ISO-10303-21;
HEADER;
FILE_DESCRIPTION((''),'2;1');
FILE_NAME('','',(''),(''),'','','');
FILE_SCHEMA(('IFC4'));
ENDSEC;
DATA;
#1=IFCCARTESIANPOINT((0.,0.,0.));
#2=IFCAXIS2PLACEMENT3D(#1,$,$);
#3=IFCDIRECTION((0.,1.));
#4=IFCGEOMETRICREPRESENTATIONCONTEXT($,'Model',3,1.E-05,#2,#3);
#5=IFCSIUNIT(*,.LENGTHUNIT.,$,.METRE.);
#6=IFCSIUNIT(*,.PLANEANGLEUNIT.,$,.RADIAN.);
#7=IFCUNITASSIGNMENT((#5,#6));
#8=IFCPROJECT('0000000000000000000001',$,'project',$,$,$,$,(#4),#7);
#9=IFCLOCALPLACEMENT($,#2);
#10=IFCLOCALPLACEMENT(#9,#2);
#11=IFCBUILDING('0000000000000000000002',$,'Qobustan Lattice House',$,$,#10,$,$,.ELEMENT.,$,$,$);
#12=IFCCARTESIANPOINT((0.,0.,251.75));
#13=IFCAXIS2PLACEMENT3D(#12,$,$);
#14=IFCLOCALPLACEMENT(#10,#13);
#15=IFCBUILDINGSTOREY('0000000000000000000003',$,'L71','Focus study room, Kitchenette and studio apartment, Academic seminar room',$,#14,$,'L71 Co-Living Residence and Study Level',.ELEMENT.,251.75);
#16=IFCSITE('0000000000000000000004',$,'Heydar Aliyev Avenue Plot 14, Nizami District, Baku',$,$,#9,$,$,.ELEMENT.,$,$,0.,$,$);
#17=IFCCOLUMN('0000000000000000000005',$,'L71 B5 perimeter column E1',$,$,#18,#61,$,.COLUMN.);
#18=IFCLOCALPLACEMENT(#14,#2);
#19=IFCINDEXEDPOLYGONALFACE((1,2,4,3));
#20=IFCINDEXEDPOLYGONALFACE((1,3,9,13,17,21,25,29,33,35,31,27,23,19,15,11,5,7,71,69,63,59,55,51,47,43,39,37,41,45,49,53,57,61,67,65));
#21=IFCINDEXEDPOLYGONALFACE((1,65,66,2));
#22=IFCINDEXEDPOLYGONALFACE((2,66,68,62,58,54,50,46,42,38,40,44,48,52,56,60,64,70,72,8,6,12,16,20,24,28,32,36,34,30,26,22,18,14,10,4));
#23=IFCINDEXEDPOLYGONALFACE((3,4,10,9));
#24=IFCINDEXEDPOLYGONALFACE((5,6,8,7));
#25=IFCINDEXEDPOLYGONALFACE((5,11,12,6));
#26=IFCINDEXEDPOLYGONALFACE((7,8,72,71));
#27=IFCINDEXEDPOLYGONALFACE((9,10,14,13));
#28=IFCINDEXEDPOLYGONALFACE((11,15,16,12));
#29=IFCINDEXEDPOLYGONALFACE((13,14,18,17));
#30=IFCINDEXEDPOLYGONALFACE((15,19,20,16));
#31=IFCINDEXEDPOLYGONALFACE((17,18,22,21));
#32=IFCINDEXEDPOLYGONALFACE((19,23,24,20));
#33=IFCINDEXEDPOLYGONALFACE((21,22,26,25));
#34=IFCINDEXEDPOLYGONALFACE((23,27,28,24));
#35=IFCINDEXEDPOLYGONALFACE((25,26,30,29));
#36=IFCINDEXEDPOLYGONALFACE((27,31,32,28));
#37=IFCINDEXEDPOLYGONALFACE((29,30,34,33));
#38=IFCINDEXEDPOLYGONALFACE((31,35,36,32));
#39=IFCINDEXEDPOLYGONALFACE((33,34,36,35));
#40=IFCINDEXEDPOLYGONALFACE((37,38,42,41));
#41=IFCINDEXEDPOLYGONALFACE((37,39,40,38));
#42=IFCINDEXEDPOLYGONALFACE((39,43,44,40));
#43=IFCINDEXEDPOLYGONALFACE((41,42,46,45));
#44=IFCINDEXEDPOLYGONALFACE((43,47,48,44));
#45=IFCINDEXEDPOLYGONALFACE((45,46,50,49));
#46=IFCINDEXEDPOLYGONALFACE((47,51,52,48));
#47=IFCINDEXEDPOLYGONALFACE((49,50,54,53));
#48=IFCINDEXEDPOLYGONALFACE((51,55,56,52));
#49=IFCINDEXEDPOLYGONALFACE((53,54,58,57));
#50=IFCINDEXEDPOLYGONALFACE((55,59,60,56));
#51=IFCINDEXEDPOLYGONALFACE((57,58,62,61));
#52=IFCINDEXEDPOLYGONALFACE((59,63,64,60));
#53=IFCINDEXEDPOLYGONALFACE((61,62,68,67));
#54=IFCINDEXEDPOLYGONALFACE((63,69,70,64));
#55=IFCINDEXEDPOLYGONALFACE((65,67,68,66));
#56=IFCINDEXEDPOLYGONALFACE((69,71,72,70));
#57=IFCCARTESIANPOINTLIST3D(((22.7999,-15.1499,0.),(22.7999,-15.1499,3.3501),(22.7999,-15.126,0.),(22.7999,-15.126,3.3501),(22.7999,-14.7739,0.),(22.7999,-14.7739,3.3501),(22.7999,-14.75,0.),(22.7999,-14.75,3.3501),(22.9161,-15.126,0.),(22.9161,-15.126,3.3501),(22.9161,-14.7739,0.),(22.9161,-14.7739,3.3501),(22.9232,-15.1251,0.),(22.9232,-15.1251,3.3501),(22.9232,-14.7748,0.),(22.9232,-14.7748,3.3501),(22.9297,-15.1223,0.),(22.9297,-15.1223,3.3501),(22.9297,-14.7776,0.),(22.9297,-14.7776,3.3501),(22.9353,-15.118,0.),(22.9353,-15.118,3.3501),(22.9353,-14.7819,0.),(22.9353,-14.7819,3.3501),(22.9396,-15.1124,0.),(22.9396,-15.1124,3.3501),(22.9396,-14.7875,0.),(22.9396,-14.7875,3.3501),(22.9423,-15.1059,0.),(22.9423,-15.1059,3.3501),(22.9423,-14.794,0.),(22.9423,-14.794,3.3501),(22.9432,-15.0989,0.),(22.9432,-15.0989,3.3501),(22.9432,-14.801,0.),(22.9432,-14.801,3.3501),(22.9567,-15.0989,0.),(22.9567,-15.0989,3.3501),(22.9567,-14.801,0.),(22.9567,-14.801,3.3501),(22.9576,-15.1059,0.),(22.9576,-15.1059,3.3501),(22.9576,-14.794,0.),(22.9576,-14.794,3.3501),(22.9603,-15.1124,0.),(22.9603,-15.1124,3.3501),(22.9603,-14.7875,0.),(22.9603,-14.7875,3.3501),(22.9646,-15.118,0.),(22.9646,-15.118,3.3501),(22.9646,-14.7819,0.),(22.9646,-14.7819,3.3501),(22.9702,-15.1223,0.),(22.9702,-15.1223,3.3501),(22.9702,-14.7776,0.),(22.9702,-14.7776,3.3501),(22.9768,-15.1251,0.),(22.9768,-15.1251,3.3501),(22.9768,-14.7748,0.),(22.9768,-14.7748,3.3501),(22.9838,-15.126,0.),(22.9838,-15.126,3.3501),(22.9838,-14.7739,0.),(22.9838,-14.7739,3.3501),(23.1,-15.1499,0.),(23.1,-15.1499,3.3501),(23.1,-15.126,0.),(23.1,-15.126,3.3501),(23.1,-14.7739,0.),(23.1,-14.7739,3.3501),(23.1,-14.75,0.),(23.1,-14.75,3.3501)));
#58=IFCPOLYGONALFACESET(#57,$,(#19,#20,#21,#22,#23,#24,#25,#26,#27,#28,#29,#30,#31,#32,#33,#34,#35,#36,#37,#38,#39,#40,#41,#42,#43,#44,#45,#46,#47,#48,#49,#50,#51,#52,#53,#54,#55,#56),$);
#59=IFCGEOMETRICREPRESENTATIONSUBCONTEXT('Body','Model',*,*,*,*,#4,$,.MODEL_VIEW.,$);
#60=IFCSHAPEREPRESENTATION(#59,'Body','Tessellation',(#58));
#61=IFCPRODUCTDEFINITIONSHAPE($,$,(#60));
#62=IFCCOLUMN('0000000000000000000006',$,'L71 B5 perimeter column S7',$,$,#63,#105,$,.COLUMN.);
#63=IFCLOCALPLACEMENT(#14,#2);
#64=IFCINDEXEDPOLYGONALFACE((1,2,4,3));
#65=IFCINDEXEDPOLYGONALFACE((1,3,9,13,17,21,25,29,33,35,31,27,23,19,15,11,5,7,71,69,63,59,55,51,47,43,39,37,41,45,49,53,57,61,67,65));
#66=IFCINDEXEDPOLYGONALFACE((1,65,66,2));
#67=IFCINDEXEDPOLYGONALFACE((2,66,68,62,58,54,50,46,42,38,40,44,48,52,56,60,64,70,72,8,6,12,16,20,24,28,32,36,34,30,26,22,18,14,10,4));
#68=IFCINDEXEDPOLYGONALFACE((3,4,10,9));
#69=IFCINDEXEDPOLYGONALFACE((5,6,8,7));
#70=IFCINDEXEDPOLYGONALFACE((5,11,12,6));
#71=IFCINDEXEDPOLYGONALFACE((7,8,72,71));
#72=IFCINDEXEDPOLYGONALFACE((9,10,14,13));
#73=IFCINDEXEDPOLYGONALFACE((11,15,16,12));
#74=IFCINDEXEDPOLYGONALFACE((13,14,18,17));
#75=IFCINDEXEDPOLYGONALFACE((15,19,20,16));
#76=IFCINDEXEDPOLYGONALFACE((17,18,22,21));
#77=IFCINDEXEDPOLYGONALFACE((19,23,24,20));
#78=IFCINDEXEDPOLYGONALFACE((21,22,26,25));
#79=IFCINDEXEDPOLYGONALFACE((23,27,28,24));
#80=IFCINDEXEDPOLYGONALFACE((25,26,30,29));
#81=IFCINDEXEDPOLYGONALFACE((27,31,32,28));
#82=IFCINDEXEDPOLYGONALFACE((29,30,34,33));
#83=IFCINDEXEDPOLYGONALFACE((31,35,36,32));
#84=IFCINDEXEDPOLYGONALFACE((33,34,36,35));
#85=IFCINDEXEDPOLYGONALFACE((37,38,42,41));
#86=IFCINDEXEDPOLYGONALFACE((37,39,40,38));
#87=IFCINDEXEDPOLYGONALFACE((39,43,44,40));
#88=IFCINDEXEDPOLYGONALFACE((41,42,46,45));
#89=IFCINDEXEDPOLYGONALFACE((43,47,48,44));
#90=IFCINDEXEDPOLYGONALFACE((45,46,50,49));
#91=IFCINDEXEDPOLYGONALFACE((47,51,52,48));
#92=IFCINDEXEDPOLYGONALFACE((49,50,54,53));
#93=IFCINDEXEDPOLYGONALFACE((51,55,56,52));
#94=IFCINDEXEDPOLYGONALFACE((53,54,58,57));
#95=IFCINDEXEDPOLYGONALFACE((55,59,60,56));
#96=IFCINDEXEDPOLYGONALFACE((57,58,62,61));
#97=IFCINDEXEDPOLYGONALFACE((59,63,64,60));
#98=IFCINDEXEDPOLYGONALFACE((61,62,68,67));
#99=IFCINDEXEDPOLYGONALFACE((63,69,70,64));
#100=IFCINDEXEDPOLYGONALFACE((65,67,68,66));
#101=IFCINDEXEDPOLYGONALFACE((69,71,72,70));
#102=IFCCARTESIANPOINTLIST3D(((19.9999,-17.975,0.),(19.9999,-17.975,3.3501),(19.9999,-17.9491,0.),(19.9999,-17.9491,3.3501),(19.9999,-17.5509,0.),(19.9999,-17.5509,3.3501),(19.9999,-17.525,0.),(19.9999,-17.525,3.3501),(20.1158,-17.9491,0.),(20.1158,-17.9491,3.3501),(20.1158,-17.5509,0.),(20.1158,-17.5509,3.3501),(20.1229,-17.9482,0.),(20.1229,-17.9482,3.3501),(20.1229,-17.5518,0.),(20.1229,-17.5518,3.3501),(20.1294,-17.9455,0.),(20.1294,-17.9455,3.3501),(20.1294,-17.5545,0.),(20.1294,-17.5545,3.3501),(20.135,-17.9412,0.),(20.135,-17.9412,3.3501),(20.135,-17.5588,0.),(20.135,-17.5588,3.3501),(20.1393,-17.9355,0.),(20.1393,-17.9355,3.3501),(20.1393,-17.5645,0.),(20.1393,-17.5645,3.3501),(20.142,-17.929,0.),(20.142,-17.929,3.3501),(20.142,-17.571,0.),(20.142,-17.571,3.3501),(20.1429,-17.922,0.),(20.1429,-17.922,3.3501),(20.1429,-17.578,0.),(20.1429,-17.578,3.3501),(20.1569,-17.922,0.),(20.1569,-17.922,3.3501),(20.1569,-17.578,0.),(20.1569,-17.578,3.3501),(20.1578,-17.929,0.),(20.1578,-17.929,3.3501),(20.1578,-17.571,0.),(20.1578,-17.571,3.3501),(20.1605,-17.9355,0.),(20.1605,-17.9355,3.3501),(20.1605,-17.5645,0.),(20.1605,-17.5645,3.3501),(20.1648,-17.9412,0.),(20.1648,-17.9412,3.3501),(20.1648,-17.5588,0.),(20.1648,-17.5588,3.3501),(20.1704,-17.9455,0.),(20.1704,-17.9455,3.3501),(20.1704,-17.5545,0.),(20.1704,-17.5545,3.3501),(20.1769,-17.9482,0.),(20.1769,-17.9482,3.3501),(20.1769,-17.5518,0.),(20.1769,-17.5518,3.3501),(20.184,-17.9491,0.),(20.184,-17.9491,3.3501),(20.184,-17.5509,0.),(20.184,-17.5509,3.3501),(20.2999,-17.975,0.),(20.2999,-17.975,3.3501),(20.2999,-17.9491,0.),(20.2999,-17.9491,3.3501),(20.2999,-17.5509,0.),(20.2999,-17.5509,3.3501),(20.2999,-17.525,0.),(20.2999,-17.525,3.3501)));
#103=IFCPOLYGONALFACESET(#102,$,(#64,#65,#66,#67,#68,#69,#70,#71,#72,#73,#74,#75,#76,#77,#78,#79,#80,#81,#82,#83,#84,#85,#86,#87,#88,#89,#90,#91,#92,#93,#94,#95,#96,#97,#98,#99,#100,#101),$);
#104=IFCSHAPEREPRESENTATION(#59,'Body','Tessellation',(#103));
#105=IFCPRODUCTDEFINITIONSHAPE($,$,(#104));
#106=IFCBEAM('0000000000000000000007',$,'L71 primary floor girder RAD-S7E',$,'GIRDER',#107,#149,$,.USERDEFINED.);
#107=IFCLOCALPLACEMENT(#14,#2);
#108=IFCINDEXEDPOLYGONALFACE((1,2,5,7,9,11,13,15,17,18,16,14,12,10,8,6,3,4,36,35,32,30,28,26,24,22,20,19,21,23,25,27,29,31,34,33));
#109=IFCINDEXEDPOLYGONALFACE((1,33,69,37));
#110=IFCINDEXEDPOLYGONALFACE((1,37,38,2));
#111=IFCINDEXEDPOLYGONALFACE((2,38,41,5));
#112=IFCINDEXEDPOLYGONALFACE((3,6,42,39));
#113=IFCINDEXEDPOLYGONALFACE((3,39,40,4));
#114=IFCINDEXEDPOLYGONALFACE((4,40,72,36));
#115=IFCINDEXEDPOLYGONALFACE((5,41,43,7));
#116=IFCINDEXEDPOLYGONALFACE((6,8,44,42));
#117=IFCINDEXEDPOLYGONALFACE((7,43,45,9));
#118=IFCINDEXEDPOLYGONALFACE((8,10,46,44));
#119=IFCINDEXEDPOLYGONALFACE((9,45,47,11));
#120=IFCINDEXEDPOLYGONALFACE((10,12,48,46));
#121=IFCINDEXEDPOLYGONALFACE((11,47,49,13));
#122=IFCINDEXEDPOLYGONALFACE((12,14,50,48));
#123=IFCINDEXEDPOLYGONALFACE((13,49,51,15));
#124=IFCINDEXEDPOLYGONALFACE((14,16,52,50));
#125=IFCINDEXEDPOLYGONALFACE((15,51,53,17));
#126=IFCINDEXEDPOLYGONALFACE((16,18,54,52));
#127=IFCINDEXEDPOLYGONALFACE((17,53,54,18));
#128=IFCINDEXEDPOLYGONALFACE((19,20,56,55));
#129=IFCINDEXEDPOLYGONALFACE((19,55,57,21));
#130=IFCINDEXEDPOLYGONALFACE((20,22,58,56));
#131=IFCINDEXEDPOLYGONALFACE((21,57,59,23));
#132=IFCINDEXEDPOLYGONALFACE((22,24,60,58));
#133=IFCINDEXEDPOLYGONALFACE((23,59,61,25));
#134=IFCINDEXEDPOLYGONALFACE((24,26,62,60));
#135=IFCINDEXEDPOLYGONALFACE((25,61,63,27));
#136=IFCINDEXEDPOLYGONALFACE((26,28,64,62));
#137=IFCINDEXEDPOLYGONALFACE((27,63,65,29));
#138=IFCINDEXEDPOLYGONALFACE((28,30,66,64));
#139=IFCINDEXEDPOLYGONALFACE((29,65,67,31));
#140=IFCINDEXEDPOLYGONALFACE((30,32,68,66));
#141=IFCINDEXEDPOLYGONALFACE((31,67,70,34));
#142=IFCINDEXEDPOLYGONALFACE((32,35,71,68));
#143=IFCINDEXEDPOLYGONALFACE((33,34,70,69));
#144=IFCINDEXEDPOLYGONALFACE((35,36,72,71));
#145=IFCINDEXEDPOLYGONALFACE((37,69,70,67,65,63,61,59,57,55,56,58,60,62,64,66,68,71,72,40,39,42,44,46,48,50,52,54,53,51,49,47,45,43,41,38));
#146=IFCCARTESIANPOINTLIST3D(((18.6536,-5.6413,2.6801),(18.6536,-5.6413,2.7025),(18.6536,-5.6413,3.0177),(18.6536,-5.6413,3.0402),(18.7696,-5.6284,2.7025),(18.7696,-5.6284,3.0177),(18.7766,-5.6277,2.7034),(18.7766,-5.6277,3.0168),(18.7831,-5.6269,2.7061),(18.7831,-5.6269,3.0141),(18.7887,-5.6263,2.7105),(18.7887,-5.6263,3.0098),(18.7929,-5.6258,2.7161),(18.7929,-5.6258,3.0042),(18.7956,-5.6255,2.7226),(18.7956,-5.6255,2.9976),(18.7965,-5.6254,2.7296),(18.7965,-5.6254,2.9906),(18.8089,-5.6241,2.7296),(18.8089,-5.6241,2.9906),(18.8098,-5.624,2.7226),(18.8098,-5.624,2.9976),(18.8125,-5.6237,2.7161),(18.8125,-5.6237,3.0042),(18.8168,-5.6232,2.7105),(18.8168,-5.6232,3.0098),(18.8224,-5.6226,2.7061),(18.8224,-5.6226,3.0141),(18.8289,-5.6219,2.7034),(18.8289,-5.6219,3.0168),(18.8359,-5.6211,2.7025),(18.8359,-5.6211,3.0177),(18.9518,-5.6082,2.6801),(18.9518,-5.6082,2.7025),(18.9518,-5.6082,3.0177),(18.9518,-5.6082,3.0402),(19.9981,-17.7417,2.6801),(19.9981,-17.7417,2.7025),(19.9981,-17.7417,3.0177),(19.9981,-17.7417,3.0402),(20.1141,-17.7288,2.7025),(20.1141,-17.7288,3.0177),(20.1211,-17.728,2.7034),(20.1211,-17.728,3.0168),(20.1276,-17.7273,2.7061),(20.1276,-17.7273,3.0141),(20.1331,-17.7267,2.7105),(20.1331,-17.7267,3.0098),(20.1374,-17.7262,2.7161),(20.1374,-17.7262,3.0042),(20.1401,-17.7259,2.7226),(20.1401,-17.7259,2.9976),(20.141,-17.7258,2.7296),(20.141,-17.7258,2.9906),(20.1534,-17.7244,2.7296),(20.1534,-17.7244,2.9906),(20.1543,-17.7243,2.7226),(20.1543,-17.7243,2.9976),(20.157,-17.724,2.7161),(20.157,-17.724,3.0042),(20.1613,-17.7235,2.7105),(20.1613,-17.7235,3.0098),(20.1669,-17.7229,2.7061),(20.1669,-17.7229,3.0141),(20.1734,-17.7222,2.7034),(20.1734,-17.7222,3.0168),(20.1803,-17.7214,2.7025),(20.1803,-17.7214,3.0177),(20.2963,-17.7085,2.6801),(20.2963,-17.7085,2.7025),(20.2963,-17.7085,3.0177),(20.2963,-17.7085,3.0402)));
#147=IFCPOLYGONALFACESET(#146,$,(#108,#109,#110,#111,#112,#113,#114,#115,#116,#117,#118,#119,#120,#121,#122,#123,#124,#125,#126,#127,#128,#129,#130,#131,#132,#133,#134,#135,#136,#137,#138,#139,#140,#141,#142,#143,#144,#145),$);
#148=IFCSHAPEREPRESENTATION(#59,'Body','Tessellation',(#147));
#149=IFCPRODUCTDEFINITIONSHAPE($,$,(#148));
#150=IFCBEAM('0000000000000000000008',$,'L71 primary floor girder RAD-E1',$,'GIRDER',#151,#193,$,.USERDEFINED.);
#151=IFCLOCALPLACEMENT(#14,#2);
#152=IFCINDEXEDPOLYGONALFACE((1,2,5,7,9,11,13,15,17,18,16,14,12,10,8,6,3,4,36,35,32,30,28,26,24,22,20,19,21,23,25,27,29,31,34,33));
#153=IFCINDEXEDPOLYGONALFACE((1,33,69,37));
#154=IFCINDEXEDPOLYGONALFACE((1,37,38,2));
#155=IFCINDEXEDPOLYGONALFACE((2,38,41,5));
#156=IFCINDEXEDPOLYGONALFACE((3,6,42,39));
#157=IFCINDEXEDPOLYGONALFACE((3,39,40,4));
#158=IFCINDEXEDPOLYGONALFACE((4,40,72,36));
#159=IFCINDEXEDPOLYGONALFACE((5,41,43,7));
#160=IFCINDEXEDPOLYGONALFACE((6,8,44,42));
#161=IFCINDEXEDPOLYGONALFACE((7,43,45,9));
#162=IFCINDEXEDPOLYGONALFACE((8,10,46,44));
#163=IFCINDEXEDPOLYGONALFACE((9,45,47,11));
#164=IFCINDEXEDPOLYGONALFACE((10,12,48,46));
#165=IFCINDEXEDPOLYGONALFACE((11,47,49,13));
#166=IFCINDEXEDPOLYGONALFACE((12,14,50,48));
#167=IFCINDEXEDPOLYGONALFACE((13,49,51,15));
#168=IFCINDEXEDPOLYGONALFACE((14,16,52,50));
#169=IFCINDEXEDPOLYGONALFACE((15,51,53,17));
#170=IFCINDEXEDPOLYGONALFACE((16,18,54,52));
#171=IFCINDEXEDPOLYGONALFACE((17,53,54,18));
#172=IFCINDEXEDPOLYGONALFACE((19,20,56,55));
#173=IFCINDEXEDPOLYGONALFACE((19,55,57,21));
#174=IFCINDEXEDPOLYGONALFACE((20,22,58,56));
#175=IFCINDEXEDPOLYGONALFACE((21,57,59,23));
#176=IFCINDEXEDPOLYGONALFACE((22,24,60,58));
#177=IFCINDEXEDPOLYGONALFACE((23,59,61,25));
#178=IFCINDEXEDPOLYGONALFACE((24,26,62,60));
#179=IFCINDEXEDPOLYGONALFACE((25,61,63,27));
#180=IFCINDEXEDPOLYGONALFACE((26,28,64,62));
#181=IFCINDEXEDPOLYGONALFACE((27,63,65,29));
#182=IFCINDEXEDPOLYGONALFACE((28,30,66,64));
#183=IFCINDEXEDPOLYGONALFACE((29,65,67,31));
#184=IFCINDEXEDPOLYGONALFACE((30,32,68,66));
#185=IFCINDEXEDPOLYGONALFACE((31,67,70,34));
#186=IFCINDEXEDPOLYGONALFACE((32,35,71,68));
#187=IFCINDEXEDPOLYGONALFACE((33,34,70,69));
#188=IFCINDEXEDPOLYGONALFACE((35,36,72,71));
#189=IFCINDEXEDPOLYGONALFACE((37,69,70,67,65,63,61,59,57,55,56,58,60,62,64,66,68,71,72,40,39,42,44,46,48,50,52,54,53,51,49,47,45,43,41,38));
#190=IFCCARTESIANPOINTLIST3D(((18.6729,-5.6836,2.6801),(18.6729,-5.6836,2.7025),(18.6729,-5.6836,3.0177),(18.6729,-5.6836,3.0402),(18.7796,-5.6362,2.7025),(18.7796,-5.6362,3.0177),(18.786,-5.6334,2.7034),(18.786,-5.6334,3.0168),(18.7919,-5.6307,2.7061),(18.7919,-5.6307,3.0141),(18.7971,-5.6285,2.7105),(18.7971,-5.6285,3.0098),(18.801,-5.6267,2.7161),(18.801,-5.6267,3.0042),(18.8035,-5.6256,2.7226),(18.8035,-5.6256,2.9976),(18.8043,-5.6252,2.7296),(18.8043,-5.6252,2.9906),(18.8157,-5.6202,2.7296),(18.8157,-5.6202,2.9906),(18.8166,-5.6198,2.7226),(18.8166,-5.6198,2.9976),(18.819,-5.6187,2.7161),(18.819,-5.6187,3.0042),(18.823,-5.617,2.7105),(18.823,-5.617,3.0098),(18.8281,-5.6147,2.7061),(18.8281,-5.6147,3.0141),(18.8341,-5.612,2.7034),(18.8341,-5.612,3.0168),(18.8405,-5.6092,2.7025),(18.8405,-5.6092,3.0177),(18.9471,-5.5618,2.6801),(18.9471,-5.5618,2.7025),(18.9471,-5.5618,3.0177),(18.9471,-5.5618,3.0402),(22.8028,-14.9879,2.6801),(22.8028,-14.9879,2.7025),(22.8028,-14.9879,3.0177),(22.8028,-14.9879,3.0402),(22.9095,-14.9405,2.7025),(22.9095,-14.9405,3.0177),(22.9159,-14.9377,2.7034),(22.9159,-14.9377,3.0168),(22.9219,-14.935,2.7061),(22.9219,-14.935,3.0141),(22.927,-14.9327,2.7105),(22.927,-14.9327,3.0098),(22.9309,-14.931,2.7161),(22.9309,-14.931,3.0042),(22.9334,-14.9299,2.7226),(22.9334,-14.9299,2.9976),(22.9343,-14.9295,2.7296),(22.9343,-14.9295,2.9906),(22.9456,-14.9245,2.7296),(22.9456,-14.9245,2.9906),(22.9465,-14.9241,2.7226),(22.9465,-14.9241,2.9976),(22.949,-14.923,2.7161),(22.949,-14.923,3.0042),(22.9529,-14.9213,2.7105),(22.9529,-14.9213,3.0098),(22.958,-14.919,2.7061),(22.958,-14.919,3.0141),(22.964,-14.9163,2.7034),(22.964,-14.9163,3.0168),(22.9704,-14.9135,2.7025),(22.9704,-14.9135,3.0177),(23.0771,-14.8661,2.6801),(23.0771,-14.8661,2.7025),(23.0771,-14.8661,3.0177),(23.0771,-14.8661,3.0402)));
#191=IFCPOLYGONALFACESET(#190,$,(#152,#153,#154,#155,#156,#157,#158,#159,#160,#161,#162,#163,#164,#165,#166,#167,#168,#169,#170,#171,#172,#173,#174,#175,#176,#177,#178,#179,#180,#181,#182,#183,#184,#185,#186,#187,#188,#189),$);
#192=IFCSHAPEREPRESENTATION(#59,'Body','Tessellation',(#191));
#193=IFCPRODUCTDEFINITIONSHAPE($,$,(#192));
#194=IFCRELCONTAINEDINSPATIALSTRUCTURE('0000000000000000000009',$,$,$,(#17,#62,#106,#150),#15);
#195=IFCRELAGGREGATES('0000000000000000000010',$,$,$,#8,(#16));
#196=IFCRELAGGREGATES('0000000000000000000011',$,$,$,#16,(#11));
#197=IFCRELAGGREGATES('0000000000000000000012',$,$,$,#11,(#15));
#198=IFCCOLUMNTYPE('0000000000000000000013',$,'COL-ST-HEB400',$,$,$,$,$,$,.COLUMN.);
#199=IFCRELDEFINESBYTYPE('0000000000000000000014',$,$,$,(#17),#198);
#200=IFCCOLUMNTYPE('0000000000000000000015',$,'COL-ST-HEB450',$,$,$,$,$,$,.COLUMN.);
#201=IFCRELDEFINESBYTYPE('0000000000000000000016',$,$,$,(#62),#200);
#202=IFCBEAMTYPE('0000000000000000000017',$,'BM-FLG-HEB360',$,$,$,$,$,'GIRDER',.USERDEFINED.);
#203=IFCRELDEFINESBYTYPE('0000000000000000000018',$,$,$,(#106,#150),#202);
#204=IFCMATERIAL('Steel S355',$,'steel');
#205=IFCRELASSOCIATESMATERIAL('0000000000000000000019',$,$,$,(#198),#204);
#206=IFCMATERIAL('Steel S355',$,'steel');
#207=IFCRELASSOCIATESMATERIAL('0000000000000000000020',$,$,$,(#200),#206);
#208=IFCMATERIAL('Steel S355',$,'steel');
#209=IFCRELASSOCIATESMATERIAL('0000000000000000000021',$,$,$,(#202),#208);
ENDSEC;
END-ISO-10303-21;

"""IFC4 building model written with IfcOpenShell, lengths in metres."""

from ifc_helpers import new_model, si_unit, direction, frame, origin, origin_2d, place, context, subcontext, project, spatial, i_section, extrude, material, material_profile, profile_set, type_object, element, save


model = new_model("IFC4")

# Units and contexts
model_context = context("Model", 3, precision=1e-05, world=origin(), true_north=direction((0.0, 1.0)))
body_context = subcontext(model_context, "Body", "Model", "MODEL_VIEW")
ifc_project = project(units=[si_unit("LENGTHUNIT", "METRE"), si_unit("PLANEANGLEUNIT", "RADIAN")], contexts=[model_context])

# Site, building, storey
site_placement = place(None, origin())
site = spatial("IfcSite", under=ifc_project, at=site_placement, Name="Heydar Aliyev Avenue Plot 14, Nizami District, Baku", CompositionType="ELEMENT", RefElevation=0.0)
building_placement = place(site_placement, origin())
building = spatial("IfcBuilding", under=site, at=building_placement, Name="Qobustan Lattice House", CompositionType="ELEMENT")
storey_placement = place(building_placement, frame((0.0, 0.0, 251.75)))
storey = spatial("IfcBuildingStorey", under=building, at=storey_placement, Name="L71", Description="Focus study room, Kitchenette and studio apartment, Academic seminar room", LongName="L71 Co-Living Residence and Study Level", CompositionType="ELEMENT", Elevation=251.75)

# Columns
ifc_material_1 = material(Name="Steel S355", Category="steel")
ifc_material_profile_1 = material_profile(ifc_material_1, i_section(OverallWidth=0.3, OverallDepth=0.3999, WebThickness=0.0134, FlangeThickness=0.0239, FilletRadius=0.0271, at=origin_2d()), Name="HEB400")
ifc_profile_set_1 = profile_set([ifc_material_profile_1], Name="Steel S355")
column_type_1 = type_object("IfcColumnType", Name="COL-ST-HEB400", PredefinedType="COLUMN", material=ifc_profile_set_1)
column_1_placement = place(storey_placement, frame((22.95, -14.95, 0.0), z_axis=(0.0, 0.0, 1.0), x_axis=(1.0, 0.0, 0.0)))
element("IfcColumn", 1, at=column_1_placement, inside=storey, type_object=column_type_1, Name="L71 B5 perimeter column E1", PredefinedType="COLUMN", context=body_context, shape_type="SweptSolid", body=[
    extrude(i_section(OverallWidth=0.3, OverallDepth=0.3999, WebThickness=0.0134, FlangeThickness=0.0239, FilletRadius=0.0271, at=origin_2d()), origin(), (0.0, 0.0, 1.0), 3.3501),
])
ifc_material_2 = material(Name="Steel S355", Category="steel")
ifc_material_profile_2 = material_profile(ifc_material_2, i_section(OverallWidth=0.3, OverallDepth=0.45, WebThickness=0.0139, FlangeThickness=0.0259, FilletRadius=0.0271, at=origin_2d()), Name="HEB450")
ifc_profile_set_2 = profile_set([ifc_material_profile_2], Name="Steel S355")
column_type_2 = type_object("IfcColumnType", Name="COL-ST-HEB450", PredefinedType="COLUMN", material=ifc_profile_set_2)
column_2_placement = place(storey_placement, frame((20.1499, -17.75, 0.0), z_axis=(0.0, 0.0, 1.0), x_axis=(1.0, 0.0, 0.0)))
element("IfcColumn", 2, at=column_2_placement, inside=storey, type_object=column_type_2, Name="L71 B5 perimeter column S7", PredefinedType="COLUMN", context=body_context, shape_type="SweptSolid", body=[
    extrude(i_section(OverallWidth=0.3, OverallDepth=0.45, WebThickness=0.0139, FlangeThickness=0.0259, FilletRadius=0.0271, at=origin_2d()), origin(), (0.0, 0.0, 1.0), 3.3501),
])

# Beams
ifc_material_3 = material(Name="Steel S355", Category="steel")
ifc_material_profile_3 = material_profile(ifc_material_3, i_section(OverallWidth=0.3, OverallDepth=0.3601, WebThickness=0.0125, FlangeThickness=0.0225, FilletRadius=0.0271, at=origin_2d()), Name="HEB360")
ifc_profile_set_3 = profile_set([ifc_material_profile_3], Name="Steel S355")
beam_type_1 = type_object("IfcBeamType", Name="BM-FLG-HEB360", ElementType="GIRDER", PredefinedType="USERDEFINED", material=ifc_profile_set_3)
beam_1_placement = place(storey_placement, frame((20.1472, -17.7251, 2.8601), z_axis=(-0.110432, 0.993884, 0.0), x_axis=(-0.993884, -0.110432, 0.0)))
element("IfcBeam", 3, at=beam_1_placement, inside=storey, type_object=beam_type_1, Name="L71 primary floor girder RAD-S7E", ObjectType="GIRDER", PredefinedType="USERDEFINED", context=body_context, shape_type="SweptSolid", body=[
    extrude(i_section(OverallWidth=0.3, OverallDepth=0.3601, WebThickness=0.0125, FlangeThickness=0.0225, FilletRadius=0.0271, at=origin_2d()), origin(), (0.0, 0.0, 1.0), 12.1748),
])
beam_2_placement = place(storey_placement, frame((22.9399, -14.927, 2.8601), z_axis=(-0.405702, 0.914005, 0.0), x_axis=(-0.914005, -0.405702, 0.0)))
element("IfcBeam", 4, at=beam_2_placement, inside=storey, type_object=beam_type_1, Name="L71 primary floor girder RAD-E1", ObjectType="GIRDER", PredefinedType="USERDEFINED", context=body_context, shape_type="SweptSolid", body=[
    extrude(i_section(OverallWidth=0.3, OverallDepth=0.3601, WebThickness=0.0125, FlangeThickness=0.0225, FilletRadius=0.0271, at=origin_2d()), origin(), (0.0, 0.0, 1.0), 10.1797),
])

save(model, "model.ifc")
